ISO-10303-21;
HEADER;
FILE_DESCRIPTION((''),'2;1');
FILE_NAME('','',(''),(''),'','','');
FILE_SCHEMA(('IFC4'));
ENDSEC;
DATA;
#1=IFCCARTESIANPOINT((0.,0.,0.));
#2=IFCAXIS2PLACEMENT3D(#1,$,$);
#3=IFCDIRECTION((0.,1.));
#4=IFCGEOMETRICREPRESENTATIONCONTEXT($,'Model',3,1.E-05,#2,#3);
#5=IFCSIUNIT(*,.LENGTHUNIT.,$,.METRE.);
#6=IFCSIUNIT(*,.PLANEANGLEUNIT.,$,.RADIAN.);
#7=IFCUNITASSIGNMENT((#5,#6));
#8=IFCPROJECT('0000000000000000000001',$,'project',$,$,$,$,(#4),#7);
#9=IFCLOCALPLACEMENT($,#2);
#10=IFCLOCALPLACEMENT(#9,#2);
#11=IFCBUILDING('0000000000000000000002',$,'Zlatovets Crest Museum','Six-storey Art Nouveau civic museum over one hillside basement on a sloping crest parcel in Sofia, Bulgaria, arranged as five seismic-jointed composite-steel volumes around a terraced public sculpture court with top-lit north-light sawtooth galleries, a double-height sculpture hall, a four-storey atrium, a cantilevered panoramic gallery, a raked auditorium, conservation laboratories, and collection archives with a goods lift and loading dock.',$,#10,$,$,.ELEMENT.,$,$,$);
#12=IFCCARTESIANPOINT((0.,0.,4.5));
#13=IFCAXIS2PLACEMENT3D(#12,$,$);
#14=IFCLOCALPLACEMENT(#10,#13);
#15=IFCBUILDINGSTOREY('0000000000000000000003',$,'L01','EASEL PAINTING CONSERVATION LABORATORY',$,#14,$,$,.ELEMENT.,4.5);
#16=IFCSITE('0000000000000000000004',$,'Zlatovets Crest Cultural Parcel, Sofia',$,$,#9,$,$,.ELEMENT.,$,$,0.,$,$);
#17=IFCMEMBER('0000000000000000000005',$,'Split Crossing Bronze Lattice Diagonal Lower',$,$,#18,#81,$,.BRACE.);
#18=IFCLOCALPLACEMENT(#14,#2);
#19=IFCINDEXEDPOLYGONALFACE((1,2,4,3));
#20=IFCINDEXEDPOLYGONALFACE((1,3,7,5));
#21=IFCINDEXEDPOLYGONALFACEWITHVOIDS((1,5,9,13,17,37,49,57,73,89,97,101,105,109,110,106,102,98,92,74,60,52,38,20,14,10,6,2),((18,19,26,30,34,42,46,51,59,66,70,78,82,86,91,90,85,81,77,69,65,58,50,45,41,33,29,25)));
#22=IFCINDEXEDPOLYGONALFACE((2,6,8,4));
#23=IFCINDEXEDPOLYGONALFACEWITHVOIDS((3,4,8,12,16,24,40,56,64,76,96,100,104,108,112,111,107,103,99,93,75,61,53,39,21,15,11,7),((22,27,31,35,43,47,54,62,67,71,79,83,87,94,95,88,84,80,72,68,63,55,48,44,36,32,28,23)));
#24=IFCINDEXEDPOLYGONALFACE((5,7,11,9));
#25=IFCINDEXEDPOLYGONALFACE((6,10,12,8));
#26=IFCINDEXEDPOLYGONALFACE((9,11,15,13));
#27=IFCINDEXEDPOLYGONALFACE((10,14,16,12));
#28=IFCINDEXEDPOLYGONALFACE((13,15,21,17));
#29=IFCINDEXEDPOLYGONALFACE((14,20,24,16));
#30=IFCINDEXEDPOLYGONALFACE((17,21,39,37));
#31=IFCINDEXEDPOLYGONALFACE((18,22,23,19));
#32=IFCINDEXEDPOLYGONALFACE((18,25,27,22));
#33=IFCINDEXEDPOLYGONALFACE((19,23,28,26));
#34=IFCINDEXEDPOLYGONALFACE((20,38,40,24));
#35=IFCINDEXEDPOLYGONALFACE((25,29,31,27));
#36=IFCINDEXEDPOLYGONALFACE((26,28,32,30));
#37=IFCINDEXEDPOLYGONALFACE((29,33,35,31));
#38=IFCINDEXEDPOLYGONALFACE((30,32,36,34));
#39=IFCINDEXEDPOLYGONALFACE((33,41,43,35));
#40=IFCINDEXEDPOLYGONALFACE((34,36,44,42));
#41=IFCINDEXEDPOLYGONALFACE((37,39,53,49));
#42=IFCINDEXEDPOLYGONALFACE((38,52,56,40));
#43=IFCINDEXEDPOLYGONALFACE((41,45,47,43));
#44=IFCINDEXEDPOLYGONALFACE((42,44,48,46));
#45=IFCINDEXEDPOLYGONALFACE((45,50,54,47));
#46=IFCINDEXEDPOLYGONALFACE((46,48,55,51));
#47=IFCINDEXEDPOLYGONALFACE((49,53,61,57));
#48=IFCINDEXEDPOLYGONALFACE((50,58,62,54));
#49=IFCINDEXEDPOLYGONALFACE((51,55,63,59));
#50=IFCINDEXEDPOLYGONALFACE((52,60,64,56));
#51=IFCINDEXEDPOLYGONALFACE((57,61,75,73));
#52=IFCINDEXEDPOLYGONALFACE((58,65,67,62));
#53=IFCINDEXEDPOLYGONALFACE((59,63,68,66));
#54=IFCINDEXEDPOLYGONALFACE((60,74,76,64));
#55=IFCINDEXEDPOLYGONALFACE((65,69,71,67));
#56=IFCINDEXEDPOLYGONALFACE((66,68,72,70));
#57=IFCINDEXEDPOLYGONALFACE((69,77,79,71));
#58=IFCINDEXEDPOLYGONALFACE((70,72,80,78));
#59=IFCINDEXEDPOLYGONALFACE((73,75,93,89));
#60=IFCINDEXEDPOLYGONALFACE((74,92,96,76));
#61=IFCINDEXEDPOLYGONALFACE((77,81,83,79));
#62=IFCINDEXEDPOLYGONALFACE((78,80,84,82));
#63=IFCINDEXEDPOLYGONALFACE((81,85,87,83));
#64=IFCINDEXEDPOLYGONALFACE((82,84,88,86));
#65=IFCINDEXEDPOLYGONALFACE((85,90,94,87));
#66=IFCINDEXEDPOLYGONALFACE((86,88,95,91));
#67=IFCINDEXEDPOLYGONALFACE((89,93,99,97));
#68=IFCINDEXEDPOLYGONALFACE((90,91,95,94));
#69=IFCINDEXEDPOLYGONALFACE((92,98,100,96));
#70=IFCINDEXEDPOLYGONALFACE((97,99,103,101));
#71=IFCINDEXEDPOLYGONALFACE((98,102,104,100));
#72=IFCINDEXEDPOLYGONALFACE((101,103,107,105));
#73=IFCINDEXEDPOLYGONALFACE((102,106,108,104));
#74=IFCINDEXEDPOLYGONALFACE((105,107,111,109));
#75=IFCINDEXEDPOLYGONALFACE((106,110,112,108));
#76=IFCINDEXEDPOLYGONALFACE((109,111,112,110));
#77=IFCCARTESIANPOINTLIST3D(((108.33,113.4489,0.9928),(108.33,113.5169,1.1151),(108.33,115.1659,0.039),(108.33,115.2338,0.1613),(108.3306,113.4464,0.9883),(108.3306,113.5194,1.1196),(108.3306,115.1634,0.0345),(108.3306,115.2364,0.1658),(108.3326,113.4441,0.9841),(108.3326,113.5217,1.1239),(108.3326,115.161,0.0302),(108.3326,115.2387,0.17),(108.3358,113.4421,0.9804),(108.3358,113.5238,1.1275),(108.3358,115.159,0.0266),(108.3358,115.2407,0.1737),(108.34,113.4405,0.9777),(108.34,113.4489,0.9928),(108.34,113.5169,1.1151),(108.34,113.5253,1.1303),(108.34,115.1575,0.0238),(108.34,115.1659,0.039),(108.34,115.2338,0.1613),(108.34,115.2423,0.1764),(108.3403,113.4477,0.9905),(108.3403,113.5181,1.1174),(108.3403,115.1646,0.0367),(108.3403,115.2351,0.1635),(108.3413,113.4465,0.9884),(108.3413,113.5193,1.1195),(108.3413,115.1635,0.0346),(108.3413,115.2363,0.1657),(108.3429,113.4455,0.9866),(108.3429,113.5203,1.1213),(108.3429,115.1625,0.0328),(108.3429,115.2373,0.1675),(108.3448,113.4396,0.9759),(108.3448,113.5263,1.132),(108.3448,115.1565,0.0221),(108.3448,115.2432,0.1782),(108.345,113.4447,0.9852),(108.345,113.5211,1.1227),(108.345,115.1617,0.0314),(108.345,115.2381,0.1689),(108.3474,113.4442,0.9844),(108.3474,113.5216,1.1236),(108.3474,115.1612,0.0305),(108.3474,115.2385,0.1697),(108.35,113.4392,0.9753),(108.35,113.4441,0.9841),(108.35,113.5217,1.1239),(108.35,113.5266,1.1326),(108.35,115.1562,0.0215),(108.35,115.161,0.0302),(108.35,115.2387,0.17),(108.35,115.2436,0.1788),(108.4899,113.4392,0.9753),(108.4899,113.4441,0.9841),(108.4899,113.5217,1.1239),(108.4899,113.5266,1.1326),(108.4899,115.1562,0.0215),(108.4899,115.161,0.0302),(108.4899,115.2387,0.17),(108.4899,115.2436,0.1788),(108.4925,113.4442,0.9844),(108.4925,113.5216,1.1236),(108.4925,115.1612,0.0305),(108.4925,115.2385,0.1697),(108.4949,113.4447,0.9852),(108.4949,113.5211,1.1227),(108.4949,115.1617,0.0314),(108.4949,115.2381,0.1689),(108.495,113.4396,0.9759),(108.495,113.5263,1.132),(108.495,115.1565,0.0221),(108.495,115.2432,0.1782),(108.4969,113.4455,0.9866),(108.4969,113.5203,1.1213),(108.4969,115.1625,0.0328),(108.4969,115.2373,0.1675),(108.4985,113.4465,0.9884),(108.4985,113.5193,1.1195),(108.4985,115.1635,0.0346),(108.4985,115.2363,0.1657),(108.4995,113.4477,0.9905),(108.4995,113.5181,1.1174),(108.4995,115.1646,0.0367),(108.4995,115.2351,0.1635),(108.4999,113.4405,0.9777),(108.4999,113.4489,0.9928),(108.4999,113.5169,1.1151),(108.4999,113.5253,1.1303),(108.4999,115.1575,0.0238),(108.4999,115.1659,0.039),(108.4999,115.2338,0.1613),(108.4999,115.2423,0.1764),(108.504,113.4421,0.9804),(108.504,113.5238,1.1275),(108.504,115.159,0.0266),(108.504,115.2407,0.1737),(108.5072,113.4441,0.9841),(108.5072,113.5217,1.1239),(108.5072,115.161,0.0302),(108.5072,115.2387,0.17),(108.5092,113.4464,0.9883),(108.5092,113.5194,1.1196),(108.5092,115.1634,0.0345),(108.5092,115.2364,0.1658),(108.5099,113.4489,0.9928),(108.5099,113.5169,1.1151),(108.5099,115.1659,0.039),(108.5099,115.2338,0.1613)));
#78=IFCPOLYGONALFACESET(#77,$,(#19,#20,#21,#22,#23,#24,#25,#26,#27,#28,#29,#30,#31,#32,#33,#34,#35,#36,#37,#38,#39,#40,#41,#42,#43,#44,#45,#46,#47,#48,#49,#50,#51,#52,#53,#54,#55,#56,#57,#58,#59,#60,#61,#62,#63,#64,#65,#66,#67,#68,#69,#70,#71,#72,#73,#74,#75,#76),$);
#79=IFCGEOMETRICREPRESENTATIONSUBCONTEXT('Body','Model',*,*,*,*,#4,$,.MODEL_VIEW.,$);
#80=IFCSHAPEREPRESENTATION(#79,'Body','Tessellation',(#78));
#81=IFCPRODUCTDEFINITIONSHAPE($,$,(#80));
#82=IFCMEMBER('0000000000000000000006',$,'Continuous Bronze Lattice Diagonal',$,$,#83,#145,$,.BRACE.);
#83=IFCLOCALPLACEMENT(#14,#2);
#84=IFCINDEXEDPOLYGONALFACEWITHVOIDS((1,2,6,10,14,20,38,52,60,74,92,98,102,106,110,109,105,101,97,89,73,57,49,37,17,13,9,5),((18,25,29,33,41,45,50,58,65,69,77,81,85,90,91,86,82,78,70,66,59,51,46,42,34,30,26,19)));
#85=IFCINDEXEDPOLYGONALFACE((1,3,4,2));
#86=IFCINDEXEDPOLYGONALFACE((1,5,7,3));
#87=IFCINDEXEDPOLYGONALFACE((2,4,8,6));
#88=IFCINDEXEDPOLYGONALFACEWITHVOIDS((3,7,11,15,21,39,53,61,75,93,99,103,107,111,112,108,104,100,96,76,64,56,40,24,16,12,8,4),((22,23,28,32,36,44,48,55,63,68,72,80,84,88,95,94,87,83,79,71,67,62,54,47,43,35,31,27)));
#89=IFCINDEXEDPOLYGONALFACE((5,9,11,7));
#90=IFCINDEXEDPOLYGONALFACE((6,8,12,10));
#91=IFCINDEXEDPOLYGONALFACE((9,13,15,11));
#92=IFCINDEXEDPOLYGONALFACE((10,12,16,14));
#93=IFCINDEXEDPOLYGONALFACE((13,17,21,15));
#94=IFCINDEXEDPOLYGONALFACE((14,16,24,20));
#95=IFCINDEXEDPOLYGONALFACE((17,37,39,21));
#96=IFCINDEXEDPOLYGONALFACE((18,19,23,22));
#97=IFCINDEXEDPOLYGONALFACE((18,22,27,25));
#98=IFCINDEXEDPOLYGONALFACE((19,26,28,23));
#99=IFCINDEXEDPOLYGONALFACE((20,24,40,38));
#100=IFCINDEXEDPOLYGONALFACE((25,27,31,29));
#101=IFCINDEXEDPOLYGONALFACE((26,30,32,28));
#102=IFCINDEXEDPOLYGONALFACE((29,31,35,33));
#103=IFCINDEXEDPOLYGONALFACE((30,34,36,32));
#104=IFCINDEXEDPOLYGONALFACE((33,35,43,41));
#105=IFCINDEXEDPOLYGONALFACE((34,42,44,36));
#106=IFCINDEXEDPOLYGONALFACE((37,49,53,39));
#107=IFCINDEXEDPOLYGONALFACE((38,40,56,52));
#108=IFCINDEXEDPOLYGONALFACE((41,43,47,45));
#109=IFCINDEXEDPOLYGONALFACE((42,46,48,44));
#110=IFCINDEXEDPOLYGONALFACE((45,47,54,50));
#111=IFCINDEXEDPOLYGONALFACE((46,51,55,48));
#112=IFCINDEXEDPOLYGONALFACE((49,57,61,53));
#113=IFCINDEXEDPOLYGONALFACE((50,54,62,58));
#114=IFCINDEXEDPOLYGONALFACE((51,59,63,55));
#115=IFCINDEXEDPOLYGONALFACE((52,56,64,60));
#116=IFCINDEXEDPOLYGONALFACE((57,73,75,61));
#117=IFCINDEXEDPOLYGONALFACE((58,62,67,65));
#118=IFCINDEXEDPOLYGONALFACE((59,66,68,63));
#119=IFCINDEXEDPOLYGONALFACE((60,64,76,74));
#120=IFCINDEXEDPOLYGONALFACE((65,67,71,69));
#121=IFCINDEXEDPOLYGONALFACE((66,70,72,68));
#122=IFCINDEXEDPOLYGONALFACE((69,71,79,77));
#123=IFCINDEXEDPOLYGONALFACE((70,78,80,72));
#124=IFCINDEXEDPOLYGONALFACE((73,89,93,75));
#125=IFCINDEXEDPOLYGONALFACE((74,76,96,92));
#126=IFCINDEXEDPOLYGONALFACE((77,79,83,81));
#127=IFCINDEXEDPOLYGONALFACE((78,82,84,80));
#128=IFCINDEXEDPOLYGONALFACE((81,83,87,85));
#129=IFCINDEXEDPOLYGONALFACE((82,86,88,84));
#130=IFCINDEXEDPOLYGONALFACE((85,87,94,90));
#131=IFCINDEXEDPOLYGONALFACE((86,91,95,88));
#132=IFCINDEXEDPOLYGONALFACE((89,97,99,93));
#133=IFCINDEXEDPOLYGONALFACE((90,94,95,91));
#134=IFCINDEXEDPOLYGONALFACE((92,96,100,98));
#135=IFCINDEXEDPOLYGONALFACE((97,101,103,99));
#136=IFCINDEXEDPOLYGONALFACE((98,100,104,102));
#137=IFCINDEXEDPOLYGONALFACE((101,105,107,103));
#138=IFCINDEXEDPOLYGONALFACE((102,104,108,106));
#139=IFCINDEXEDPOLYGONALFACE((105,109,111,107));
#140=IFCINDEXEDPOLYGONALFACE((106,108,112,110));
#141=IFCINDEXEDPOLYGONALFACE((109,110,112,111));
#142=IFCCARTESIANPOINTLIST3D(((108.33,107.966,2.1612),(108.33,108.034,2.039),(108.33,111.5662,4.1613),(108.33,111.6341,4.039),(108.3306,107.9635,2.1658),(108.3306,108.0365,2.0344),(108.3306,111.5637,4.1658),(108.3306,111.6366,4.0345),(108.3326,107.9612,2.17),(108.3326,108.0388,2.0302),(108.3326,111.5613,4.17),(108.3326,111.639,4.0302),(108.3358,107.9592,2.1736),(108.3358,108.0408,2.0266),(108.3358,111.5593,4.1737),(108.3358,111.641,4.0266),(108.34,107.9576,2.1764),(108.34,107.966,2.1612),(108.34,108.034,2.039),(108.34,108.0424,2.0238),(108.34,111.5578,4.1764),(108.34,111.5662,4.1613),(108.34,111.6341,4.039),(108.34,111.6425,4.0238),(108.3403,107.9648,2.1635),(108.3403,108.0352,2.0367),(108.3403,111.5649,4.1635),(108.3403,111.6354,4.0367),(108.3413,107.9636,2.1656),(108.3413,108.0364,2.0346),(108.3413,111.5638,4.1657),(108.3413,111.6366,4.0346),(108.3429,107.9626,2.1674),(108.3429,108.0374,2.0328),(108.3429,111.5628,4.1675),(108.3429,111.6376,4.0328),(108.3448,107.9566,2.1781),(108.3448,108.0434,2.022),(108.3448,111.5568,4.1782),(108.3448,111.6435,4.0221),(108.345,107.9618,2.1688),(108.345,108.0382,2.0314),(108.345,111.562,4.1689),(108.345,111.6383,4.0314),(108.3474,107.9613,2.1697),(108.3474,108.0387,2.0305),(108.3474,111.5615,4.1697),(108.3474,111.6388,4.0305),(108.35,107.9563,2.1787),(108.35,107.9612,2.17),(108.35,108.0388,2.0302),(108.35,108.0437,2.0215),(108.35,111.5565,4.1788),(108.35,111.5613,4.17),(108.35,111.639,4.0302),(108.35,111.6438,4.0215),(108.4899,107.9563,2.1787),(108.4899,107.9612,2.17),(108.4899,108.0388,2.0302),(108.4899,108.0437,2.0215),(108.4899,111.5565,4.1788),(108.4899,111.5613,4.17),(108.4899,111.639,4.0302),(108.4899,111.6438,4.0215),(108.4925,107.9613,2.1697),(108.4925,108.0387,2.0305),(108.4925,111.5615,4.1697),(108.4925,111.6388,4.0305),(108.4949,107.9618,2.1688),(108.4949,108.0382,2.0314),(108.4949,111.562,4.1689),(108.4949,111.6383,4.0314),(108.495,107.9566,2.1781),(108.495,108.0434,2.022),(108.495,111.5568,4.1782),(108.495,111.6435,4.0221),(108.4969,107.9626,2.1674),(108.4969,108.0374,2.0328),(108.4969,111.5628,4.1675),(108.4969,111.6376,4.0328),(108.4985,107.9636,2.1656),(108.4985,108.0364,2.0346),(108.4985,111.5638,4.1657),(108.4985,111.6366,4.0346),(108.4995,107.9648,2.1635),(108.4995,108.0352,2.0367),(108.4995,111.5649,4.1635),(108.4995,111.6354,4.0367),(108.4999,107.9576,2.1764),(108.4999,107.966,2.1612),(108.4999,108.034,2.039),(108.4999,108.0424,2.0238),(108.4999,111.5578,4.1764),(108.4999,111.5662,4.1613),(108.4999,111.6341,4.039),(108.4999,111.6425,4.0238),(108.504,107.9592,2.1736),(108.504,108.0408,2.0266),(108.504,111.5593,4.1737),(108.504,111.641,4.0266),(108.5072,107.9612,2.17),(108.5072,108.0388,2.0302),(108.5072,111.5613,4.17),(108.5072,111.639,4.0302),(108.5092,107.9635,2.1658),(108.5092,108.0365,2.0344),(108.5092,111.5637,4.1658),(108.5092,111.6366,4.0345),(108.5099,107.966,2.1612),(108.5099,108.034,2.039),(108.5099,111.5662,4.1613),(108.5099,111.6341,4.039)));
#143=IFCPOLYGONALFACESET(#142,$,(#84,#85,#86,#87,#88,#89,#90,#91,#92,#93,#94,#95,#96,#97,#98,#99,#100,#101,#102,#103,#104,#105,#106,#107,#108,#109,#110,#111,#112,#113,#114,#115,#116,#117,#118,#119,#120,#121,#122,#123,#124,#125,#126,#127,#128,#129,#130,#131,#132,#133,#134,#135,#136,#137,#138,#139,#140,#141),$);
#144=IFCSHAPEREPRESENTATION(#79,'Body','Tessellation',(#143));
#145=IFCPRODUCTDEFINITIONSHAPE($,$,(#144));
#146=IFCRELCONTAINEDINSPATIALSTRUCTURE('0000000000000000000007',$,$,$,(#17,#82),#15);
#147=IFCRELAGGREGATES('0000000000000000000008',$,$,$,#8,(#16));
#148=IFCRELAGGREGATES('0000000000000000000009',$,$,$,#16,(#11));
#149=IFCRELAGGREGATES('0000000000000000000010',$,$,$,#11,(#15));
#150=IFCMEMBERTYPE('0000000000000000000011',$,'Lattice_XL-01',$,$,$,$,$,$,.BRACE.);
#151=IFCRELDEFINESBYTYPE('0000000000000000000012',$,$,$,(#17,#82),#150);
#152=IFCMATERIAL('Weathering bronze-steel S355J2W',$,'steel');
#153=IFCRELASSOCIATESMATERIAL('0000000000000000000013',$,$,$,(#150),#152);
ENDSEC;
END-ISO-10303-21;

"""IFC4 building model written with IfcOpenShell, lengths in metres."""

from ifc_helpers import new_model, si_unit, direction, frame, origin, origin_2d, place, context, subcontext, project, spatial, hollow_rectangle, extrude, material, material_profile, profile_set, type_object, element, save


model = new_model("IFC4")

# Units and contexts
model_context = context("Model", 3, precision=1e-05, world=origin(), true_north=direction((0.0, 1.0)))
body_context = subcontext(model_context, "Body", "Model", "MODEL_VIEW")
ifc_project = project(units=[si_unit("LENGTHUNIT", "METRE"), si_unit("PLANEANGLEUNIT", "RADIAN")], contexts=[model_context])

# Site, building, storey
site_placement = place(None, origin())
site = spatial("IfcSite", under=ifc_project, at=site_placement, Name="Zlatovets Crest Cultural Parcel, Sofia", CompositionType="ELEMENT", RefElevation=0.0)
building_placement = place(site_placement, origin())
building = spatial("IfcBuilding", under=site, at=building_placement, Name="Zlatovets Crest Museum", Description="Six-storey Art Nouveau civic museum over one hillside basement on a sloping crest parcel in Sofia, Bulgaria, arranged as five seismic-jointed composite-steel volumes around a terraced public sculpture court with top-lit north-light sawtooth galleries, a double-height sculpture hall, a four-storey atrium, a cantilevered panoramic gallery, a raked auditorium, conservation laboratories, and collection archives with a goods lift and loading dock.", CompositionType="ELEMENT")
storey_placement = place(building_placement, frame((0.0, 0.0, 4.5)))
storey = spatial("IfcBuildingStorey", under=building, at=storey_placement, Name="L01", Description="EASEL PAINTING CONSERVATION LABORATORY", CompositionType="ELEMENT", Elevation=4.5)

# Members
ifc_material_1 = material(Name="Weathering bronze-steel S355J2W", Category="steel")
ifc_material_profile_1 = material_profile(ifc_material_1, hollow_rectangle(XDim=0.1799, YDim=0.1799, WallThickness=0.01, InnerFilletRadius=0.01, OuterFilletRadius=0.02, at=origin_2d()), Name="SHS 180x180x10.0")
ifc_profile_set_1 = profile_set([ifc_material_profile_1], Name="Weathering bronze-steel S355J2W")
member_type_1 = type_object("IfcMemberType", Name="Lattice_XL-01", PredefinedType="BRACE", material=ifc_profile_set_1)
for number, where, z_axis, x_axis, name in (
    (1, (108.4199, 113.4829, 1.054), (0.0, 0.874169, -0.485622), (-1.0, 0.0, 0.0), "Split Crossing Bronze Lattice Diagonal Lower"),
):
    element("IfcMember", number, at=place(storey_placement, frame(where, z_axis=z_axis, x_axis=x_axis)), inside=storey, type_object=member_type_1, Name=name, PredefinedType="BRACE", context=body_context, shape_type="SweptSolid", body=[
        extrude(hollow_rectangle(XDim=0.1799, YDim=0.1799, WallThickness=0.01, InnerFilletRadius=0.01, OuterFilletRadius=0.02, at=origin_2d()), origin(), (0.0, 0.0, 1.0), 1.9641),
    ])
member_1_placement = place(storey_placement, frame((108.4199, 108.0, 2.1001), z_axis=(0.0, 0.874163, 0.485633), x_axis=(-1.0, 0.0, 0.0)))
element("IfcMember", 2, at=member_1_placement, inside=storey, type_object=member_type_1, Name="Continuous Bronze Lattice Diagonal", PredefinedType="BRACE", context=body_context, shape_type="SweptSolid", body=[
    extrude(hollow_rectangle(XDim=0.1799, YDim=0.1799, WallThickness=0.01, InnerFilletRadius=0.01, OuterFilletRadius=0.02, at=origin_2d()), origin(), (0.0, 0.0, 1.0), 4.1184),
])

save(model, "model.ifc")
